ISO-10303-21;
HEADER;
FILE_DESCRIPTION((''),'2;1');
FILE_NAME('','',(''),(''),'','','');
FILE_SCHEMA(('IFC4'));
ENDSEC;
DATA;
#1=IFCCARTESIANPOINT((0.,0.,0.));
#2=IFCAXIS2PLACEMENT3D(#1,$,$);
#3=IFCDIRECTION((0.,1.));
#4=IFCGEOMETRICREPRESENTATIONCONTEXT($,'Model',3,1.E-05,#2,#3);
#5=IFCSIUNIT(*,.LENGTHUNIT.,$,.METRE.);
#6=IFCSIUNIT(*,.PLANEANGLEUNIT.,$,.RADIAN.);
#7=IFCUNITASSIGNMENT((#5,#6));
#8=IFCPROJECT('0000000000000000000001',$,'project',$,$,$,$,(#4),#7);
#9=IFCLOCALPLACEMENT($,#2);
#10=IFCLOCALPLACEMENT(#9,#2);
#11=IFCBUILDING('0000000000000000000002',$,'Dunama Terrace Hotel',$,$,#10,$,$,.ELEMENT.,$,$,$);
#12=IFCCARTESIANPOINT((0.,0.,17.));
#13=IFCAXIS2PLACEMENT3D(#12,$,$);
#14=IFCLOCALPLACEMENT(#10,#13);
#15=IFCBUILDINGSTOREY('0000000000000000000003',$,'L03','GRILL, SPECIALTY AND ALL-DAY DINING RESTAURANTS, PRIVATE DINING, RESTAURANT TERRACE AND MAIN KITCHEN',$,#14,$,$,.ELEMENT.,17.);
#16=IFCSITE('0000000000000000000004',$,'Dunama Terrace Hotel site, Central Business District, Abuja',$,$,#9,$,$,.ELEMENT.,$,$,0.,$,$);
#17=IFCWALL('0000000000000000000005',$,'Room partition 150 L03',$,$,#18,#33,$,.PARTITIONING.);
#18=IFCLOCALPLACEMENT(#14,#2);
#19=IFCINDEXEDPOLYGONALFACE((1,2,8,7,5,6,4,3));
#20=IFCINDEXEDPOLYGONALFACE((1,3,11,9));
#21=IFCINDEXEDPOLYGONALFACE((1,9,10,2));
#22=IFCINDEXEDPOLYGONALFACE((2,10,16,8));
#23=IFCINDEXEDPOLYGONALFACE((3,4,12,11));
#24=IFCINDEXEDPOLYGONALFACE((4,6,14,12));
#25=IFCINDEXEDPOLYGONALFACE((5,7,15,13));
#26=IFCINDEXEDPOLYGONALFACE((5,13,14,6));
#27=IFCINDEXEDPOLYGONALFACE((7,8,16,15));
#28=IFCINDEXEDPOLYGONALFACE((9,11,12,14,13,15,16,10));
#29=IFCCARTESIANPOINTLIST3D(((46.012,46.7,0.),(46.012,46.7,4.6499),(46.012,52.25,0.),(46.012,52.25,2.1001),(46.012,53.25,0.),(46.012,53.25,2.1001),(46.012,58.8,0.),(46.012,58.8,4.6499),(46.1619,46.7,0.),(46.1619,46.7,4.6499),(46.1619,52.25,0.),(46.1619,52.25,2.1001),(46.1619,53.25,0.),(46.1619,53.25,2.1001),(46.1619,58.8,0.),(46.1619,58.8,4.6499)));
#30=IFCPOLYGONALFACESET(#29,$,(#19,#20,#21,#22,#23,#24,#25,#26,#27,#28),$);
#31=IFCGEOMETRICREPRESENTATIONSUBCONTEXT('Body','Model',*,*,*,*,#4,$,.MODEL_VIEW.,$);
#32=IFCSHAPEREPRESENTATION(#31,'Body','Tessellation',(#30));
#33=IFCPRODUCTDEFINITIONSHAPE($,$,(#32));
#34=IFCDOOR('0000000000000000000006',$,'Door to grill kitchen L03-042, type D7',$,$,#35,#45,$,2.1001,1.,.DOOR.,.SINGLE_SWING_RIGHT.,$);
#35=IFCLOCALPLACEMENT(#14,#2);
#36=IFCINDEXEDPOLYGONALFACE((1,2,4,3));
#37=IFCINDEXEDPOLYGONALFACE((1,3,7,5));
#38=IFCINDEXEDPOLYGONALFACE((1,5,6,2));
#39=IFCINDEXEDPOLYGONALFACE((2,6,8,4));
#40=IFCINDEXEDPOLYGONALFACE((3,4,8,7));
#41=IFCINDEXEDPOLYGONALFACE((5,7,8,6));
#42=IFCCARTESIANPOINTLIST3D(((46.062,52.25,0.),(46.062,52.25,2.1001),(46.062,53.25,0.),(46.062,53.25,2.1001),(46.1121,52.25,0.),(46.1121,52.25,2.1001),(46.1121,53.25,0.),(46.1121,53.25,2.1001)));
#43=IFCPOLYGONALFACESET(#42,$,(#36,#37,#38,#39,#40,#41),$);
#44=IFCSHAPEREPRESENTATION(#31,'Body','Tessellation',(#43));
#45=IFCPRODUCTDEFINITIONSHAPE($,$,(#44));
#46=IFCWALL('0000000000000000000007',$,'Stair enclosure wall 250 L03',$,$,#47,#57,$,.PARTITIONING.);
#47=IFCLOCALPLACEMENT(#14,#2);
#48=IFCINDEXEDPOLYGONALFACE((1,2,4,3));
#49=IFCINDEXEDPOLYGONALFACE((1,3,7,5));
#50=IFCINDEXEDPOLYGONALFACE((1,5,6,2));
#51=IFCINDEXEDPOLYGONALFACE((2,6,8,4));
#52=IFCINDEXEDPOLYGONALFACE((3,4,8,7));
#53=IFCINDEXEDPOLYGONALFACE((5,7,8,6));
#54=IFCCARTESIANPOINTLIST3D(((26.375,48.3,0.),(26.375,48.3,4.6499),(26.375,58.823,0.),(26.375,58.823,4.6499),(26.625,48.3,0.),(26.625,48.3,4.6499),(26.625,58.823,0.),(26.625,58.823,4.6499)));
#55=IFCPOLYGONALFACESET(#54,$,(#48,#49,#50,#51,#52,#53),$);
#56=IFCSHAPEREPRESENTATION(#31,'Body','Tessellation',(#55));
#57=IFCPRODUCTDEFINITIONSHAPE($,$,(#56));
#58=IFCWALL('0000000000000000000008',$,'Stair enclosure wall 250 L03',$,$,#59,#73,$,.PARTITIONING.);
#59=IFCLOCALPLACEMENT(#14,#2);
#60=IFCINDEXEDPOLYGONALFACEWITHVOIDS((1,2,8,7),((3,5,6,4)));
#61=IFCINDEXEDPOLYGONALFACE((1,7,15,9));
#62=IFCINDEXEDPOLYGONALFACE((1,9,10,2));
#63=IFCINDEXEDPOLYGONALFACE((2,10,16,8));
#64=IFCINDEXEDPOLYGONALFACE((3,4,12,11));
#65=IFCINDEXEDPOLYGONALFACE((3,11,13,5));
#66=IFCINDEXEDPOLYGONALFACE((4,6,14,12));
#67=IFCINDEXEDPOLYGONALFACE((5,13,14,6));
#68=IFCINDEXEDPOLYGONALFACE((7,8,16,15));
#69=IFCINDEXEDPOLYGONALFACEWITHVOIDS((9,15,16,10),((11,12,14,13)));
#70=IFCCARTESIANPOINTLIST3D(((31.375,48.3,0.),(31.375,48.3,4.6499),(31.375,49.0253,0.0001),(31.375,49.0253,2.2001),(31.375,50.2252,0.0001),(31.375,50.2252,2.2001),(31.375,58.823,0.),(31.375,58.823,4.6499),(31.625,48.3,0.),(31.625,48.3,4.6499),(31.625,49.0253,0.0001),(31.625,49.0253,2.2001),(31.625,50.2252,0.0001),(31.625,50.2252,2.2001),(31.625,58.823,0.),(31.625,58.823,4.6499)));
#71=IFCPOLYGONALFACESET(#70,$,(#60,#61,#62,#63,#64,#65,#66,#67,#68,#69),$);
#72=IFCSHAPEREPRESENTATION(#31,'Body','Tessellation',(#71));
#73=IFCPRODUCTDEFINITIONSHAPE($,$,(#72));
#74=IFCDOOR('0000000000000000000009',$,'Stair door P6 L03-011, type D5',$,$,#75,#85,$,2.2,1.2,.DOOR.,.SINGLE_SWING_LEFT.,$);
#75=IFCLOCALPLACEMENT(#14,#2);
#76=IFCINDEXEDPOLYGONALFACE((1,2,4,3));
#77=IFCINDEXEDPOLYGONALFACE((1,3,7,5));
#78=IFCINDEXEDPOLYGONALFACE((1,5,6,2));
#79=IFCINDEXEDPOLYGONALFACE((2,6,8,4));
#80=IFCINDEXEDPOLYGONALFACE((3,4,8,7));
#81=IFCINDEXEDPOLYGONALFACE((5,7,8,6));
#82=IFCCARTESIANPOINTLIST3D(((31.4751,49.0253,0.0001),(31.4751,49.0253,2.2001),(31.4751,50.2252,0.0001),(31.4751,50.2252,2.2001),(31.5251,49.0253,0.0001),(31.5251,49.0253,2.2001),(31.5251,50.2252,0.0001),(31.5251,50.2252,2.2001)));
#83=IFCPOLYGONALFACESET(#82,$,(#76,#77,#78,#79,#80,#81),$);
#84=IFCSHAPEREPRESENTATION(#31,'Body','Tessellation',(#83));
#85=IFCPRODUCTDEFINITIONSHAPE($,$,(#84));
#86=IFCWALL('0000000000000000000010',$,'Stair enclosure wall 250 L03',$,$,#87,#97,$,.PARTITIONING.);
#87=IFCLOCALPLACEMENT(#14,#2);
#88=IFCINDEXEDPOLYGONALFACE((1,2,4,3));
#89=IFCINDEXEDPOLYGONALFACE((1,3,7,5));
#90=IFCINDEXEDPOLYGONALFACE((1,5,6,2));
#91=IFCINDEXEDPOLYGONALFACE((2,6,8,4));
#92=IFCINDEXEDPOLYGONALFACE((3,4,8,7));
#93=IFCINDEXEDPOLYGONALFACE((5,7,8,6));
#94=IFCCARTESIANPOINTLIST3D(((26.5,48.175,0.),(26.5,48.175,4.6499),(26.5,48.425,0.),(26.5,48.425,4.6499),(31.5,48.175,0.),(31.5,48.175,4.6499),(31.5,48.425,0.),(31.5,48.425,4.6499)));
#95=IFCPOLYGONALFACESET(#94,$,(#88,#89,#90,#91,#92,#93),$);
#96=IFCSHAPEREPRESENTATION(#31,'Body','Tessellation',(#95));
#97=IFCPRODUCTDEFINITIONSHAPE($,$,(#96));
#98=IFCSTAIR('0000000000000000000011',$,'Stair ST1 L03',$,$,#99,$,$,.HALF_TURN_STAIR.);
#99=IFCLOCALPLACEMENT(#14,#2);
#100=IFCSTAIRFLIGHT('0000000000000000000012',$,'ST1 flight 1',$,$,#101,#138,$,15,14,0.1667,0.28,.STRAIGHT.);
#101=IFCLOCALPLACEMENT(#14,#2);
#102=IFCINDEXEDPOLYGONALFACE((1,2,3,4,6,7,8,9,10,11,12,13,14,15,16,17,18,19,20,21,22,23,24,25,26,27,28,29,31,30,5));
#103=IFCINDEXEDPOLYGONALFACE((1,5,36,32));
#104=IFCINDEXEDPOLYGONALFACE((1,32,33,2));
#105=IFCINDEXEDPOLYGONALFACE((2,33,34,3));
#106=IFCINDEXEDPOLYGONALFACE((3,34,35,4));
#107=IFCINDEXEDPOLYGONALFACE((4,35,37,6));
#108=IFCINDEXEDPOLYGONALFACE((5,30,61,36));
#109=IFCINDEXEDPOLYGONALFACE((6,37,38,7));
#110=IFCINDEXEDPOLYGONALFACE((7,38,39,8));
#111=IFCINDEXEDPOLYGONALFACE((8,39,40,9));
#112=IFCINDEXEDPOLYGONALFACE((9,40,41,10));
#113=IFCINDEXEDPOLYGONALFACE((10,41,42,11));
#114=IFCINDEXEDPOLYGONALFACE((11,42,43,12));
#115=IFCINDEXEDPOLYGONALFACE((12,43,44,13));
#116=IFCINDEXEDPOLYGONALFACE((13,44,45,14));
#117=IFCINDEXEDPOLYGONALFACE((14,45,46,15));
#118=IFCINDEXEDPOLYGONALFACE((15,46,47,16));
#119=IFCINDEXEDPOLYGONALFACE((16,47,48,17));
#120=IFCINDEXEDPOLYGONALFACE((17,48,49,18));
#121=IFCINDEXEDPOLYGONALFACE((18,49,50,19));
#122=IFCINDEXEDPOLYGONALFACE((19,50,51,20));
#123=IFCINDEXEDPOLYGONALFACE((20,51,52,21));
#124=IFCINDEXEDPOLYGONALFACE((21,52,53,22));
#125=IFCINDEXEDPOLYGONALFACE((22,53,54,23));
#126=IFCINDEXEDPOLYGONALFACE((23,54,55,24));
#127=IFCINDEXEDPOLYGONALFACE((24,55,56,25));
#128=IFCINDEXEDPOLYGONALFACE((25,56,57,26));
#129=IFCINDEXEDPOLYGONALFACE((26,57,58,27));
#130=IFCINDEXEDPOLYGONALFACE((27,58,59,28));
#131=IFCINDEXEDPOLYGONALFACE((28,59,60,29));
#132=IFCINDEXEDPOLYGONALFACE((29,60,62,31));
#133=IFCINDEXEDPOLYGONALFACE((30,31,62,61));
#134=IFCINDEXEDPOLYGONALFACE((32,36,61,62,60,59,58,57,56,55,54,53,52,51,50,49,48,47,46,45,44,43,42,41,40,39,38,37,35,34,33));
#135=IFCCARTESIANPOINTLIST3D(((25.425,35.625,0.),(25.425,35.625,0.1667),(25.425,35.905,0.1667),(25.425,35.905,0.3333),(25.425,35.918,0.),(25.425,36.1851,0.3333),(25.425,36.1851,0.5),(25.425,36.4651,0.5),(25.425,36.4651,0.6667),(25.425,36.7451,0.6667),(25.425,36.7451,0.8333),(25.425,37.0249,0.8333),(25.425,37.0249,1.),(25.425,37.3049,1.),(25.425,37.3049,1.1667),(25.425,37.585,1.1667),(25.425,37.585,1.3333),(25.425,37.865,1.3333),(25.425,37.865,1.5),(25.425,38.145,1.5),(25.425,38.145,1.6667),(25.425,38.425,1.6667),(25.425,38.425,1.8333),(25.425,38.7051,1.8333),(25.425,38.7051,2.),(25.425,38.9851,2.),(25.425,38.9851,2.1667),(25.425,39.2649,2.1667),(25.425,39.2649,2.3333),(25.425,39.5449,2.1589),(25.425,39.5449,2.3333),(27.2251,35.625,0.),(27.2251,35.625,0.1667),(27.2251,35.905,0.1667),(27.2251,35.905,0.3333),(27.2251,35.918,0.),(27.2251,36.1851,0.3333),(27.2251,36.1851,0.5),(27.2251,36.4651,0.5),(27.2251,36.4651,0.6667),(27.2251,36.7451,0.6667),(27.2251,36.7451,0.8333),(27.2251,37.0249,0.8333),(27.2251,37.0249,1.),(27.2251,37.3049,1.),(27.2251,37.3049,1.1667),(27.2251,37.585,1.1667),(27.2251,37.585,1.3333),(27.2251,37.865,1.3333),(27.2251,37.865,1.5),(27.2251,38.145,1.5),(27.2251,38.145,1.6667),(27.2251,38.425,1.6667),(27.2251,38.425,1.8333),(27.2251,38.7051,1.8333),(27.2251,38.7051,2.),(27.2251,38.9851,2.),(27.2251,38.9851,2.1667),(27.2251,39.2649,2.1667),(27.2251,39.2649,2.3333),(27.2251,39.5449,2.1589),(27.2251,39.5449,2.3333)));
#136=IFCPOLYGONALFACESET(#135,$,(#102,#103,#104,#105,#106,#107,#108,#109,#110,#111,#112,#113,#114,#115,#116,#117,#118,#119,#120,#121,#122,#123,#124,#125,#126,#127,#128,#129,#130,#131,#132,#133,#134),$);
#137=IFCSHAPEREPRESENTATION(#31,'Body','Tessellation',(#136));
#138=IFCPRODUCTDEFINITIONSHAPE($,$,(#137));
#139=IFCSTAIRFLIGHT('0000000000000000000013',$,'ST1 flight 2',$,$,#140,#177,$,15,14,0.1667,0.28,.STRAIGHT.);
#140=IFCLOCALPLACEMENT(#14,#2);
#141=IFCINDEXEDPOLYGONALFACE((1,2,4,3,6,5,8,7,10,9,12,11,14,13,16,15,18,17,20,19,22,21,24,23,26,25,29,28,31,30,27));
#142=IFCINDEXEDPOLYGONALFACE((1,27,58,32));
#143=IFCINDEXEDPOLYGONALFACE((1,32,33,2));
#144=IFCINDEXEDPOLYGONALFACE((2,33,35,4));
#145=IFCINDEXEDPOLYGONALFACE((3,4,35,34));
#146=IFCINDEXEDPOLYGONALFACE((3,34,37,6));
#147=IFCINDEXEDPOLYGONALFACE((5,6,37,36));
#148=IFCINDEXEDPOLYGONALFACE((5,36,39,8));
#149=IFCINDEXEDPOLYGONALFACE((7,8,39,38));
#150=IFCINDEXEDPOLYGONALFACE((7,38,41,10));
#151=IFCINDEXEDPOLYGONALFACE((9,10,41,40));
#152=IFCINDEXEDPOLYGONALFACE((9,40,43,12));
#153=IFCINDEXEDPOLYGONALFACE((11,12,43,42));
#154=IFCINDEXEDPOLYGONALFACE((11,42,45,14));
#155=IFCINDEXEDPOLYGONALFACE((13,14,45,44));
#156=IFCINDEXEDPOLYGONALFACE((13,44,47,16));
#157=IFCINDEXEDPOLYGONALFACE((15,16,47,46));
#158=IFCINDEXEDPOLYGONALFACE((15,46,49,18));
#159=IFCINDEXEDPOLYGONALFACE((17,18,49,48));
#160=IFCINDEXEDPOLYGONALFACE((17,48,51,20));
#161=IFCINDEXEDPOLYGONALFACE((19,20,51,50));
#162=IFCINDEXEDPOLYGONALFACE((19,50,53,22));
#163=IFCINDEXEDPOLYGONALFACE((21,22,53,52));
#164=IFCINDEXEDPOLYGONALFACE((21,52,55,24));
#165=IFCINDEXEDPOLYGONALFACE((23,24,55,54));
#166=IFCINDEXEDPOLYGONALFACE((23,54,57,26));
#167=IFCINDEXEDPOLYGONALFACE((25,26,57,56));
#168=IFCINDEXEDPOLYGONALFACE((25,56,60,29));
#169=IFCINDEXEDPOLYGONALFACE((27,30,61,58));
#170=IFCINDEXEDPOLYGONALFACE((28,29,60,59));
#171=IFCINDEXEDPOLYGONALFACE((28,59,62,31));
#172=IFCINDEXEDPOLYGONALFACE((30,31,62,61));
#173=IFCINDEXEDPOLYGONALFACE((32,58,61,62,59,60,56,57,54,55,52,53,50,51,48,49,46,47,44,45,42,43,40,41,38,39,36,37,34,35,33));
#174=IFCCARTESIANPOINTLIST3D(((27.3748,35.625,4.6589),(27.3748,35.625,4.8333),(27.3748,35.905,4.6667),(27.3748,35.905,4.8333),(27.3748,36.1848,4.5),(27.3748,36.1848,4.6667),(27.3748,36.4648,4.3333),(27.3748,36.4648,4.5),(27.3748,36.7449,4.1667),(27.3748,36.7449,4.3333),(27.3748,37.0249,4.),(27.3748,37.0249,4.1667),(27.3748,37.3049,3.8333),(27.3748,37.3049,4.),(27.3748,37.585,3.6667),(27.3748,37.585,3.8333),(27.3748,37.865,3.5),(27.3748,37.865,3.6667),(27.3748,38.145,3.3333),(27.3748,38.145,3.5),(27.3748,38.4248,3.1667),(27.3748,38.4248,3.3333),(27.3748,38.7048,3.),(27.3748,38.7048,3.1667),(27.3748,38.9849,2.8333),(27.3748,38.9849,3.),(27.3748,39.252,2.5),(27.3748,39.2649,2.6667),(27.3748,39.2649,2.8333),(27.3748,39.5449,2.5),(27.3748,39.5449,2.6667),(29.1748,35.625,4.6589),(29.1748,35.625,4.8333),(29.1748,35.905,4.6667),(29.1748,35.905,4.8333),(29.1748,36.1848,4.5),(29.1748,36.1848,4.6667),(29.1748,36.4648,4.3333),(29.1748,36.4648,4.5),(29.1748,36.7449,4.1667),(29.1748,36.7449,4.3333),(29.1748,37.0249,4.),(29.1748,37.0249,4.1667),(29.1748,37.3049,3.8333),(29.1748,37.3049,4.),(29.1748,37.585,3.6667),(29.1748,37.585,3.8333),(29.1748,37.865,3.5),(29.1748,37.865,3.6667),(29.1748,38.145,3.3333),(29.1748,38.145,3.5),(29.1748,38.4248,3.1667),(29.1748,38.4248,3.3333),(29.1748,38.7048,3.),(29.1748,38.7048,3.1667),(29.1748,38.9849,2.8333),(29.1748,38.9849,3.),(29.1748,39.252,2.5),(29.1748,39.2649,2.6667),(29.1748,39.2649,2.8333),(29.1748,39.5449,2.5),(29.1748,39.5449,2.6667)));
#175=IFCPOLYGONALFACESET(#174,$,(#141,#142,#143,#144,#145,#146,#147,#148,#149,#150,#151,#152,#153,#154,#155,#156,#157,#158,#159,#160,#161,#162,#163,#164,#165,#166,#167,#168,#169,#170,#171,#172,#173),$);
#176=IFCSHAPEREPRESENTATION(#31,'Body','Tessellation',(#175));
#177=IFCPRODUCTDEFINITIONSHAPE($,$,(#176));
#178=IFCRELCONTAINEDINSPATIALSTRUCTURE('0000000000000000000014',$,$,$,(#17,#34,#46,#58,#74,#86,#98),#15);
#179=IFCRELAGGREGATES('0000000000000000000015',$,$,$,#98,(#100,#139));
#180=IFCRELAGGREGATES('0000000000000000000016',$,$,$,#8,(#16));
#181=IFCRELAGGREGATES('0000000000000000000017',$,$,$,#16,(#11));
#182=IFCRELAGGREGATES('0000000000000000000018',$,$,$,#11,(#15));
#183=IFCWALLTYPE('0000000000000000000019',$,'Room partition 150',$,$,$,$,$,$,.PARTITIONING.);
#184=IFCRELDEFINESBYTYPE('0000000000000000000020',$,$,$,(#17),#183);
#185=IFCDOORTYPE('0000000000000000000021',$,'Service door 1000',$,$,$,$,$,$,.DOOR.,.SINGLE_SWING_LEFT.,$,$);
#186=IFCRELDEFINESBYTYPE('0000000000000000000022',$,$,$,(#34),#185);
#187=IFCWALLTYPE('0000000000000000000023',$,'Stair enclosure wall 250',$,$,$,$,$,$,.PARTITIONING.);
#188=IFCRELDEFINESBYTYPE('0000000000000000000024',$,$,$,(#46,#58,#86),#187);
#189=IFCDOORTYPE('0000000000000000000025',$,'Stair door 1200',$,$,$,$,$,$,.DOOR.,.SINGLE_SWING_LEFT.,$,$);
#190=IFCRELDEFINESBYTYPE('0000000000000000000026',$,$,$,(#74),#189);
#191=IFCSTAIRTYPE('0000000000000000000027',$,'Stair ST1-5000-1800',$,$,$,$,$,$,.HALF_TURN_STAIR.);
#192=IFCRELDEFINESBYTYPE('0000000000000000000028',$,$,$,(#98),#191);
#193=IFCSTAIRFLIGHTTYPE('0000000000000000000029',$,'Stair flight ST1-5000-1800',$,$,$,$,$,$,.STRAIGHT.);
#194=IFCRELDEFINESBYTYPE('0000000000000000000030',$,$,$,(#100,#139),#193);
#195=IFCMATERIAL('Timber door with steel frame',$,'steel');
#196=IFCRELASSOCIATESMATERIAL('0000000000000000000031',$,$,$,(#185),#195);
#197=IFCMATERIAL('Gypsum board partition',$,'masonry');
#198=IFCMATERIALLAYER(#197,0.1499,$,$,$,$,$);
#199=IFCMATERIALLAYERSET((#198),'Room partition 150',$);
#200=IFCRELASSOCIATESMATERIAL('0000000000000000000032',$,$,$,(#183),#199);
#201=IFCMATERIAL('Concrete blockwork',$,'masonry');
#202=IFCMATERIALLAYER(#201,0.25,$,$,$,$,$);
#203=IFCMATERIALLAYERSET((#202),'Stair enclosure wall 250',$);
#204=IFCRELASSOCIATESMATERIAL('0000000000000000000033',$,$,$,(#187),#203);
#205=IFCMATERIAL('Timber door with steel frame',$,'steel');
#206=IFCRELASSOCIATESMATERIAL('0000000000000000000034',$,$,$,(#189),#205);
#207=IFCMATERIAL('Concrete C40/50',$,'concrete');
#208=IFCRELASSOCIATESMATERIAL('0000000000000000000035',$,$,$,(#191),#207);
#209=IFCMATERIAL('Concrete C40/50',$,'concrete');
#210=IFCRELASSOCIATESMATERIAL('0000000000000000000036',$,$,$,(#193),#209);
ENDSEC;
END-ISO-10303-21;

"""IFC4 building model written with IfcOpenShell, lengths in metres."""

from ifc_helpers import new_model, si_unit, direction, frame, frame_2d, origin, place, context, subcontext, project, spatial, polyline, rectangle, outline, extrude, material, layer, layer_set, type_object, element, fill, aggregate, save


model = new_model("IFC4")

# Units and contexts
model_context = context("Model", 3, precision=1e-05, world=origin(), true_north=direction((0.0, 1.0)))
body_context = subcontext(model_context, "Body", "Model", "MODEL_VIEW")
ifc_project = project(units=[si_unit("LENGTHUNIT", "METRE"), si_unit("PLANEANGLEUNIT", "RADIAN")], contexts=[model_context])

# Site, building, storey
site_placement = place(None, origin())
site = spatial("IfcSite", under=ifc_project, at=site_placement, Name="Dunama Terrace Hotel site, Central Business District, Abuja", CompositionType="ELEMENT", RefElevation=0.0)
building_placement = place(site_placement, origin())
building = spatial("IfcBuilding", under=site, at=building_placement, Name="Dunama Terrace Hotel", CompositionType="ELEMENT")
storey_placement = place(building_placement, frame((0.0, 0.0, 17.0)))
storey = spatial("IfcBuildingStorey", under=building, at=storey_placement, Name="L03", Description="GRILL, SPECIALTY AND ALL-DAY DINING RESTAURANTS, PRIVATE DINING, RESTAURANT TERRACE AND MAIN KITCHEN", CompositionType="ELEMENT", Elevation=17.0)

# Shared definitions
ifc_material_1 = material(Name="Timber door with steel frame", Category="steel")
door_type_1 = type_object("IfcDoorType", Name="Service door 1000", OperationType="SINGLE_SWING_LEFT", PredefinedType="DOOR", material=ifc_material_1)

# Wall, opening, door
ifc_material_2 = material(Name="Gypsum board partition", Category="masonry")
ifc_layer_1 = layer(ifc_material_2, 0.1499)
ifc_layer_set_1 = layer_set([ifc_layer_1], Name="Room partition 150")
wall_type_1 = type_object("IfcWallType", Name="Room partition 150", PredefinedType="PARTITIONING", material=ifc_layer_set_1)
wall_1_placement = place(storey_placement, frame((46.0869, 46.7, 0.0), z_axis=(0.0, 0.0, 1.0), x_axis=(0.0, 1.0, 0.0)))
wall_1 = element("IfcWall", 1, at=wall_1_placement, inside=storey, type_object=wall_type_1, Name="Room partition 150 L03", PredefinedType="PARTITIONING", context=body_context, shape_type="SweptSolid", body=[
    extrude(rectangle(XDim=12.1001, YDim=0.1499, at=frame_2d((6.05, 0.0))), origin(), (0.0, 0.0, 1.0), 4.6499),
])
opening_1_placement = place(wall_1_placement, frame((5.55, 0.0, 0.0)))
opening_1 = element("IfcOpeningElement", 2, at=opening_1_placement, cuts=wall_1, PredefinedType="OPENING", context=body_context, shape_type="SweptSolid", body=[
    extrude(rectangle(XDim=1.0, YDim=2.1001, at=frame_2d((0.5, 1.05))), frame((0.0, 0.085, 0.0), z_axis=(0.0, -1.0, 0.0), x_axis=(1.0, 0.0, 0.0)), (0.0, 0.0, 1.0), 0.1699),
])
door_1_placement = place(opening_1_placement, origin())
door_1 = element("IfcDoor", 3, at=door_1_placement, inside=storey, type_object=door_type_1, Name="Door to grill kitchen L03-042, type D7", OperationType="SINGLE_SWING_RIGHT", OverallHeight=2.1001, OverallWidth=1.0, PredefinedType="DOOR", context=body_context, shape_type="SweptSolid", body=[
    extrude(rectangle(XDim=1.0, YDim=2.1001, at=frame_2d((0.5, 1.05))), frame((0.0, 0.0249, 0.0), z_axis=(0.0, -1.0, 0.0), x_axis=(1.0, 0.0, 0.0)), (0.0, 0.0, 1.0), 0.05),
])
fill(opening_1, door_1)

# Wall
ifc_material_3 = material(Name="Concrete blockwork", Category="masonry")
ifc_layer_2 = layer(ifc_material_3, 0.25)
ifc_layer_set_2 = layer_set([ifc_layer_2], Name="Stair enclosure wall 250")
wall_type_2 = type_object("IfcWallType", Name="Stair enclosure wall 250", PredefinedType="PARTITIONING", material=ifc_layer_set_2)
wall_2_placement = place(storey_placement, frame((26.5, 48.3, 0.0), z_axis=(0.0, 0.0, 1.0), x_axis=(0.0, 1.0, 0.0)))
element("IfcWall", 4, at=wall_2_placement, inside=storey, type_object=wall_type_2, Name="Stair enclosure wall 250 L03", PredefinedType="PARTITIONING", context=body_context, shape_type="SweptSolid", body=[
    extrude(rectangle(XDim=10.5229, YDim=0.25, at=frame_2d((5.2615, 0.0))), origin(), (0.0, 0.0, 1.0), 4.6499),
])

# Wall, opening, door
wall_3_placement = place(storey_placement, frame((31.5, 48.3, 0.0), z_axis=(0.0, 0.0, 1.0), x_axis=(0.0, 1.0, 0.0)))
wall_3 = element("IfcWall", 5, at=wall_3_placement, inside=storey, type_object=wall_type_2, Name="Stair enclosure wall 250 L03", PredefinedType="PARTITIONING", context=body_context, shape_type="SweptSolid", body=[
    extrude(rectangle(XDim=10.5229, YDim=0.25, at=frame_2d((5.2615, 0.0))), origin(), (0.0, 0.0, 1.0), 4.6499),
])
opening_2_placement = place(wall_3_placement, frame((0.7251, 0.0, 0.0)))
opening_2 = element("IfcOpeningElement", 6, at=opening_2_placement, cuts=wall_3, PredefinedType="OPENING", context=body_context, shape_type="SweptSolid", body=[
    extrude(rectangle(XDim=1.2, YDim=2.2, at=frame_2d((0.6001, 1.1001))), frame((0.0, 0.135, 0.0), z_axis=(0.0, -1.0, 0.0), x_axis=(1.0, 0.0, 0.0)), (0.0, 0.0, 1.0), 0.27),
])
ifc_material_4 = material(Name="Timber door with steel frame", Category="steel")
door_type_2 = type_object("IfcDoorType", Name="Stair door 1200", OperationType="SINGLE_SWING_LEFT", PredefinedType="DOOR", material=ifc_material_4)
door_2_placement = place(opening_2_placement, origin())
door_2 = element("IfcDoor", 7, at=door_2_placement, inside=storey, type_object=door_type_2, Name="Stair door P6 L03-011, type D5", OperationType="SINGLE_SWING_LEFT", OverallHeight=2.2, OverallWidth=1.2, PredefinedType="DOOR", context=body_context, shape_type="SweptSolid", body=[
    extrude(rectangle(XDim=1.2, YDim=2.2, at=frame_2d((0.6001, 1.1001))), frame((0.0, 0.0249, 0.0), z_axis=(0.0, -1.0, 0.0), x_axis=(1.0, 0.0, 0.0)), (0.0, 0.0, 1.0), 0.05),
])
fill(opening_2, door_2)

# Wall
wall_4_placement = place(storey_placement, frame((26.5, 48.3, 0.0), z_axis=(0.0, 0.0, 1.0), x_axis=(1.0, 0.0, 0.0)))
element("IfcWall", 8, at=wall_4_placement, inside=storey, type_object=wall_type_2, Name="Stair enclosure wall 250 L03", PredefinedType="PARTITIONING", context=body_context, shape_type="SweptSolid", body=[
    extrude(rectangle(XDim=5.0, YDim=0.25, at=frame_2d((2.5, 0.0))), origin(), (0.0, 0.0, 1.0), 4.6499),
])

# Stair, stair flights
ifc_material_5 = material(Name="Concrete C40/50", Category="concrete")
stair_type = type_object("IfcStairType", Name="Stair ST1-5000-1800", PredefinedType="HALF_TURN_STAIR", material=ifc_material_5)
stair_placement = place(storey_placement, origin())
stair = element("IfcStair", 9, at=stair_placement, inside=storey, type_object=stair_type, Name="Stair ST1 L03", PredefinedType="HALF_TURN_STAIR")
ifc_material_6 = material(Name="Concrete C40/50", Category="concrete")
stair_flight_type = type_object("IfcStairFlightType", Name="Stair flight ST1-5000-1800", PredefinedType="STRAIGHT", material=ifc_material_6)
stair_flight_1_placement = place(storey_placement, frame((26.325, 35.625, 0.0), z_axis=(0.0, 0.0, 1.0), x_axis=(0.0, 1.0, 0.0)))
stair_flight_1 = element("IfcStairFlight", 10, at=stair_flight_1_placement, type_object=stair_flight_type, Name="ST1 flight 1", NumberOfRisers=15, NumberOfTreads=14, PredefinedType="STRAIGHT", RiserHeight=0.1667, TreadLength=0.28, context=body_context, shape_type="SweptSolid", body=[
    extrude(outline(polyline([(0.0, 0.0), (0.0, 0.1667), (0.28, 0.1667), (0.28, 0.3333), (0.5601, 0.3333), (0.5601, 0.5), (0.8401, 0.5), (0.8401, 0.6667), (1.1201, 0.6667), (1.1201, 0.8333), (1.3999, 0.8333), (1.3999, 1.0), (1.6799, 1.0), (1.6799, 1.1667), (1.96, 1.1667), (1.96, 1.3333), (2.24, 1.3333), (2.24, 1.5), (2.52, 1.5), (2.52, 1.6667), (2.8, 1.6667), (2.8, 1.8333), (3.0801, 1.8333), (3.0801, 2.0), (3.3601, 2.0), (3.3601, 2.1667), (3.6399, 2.1667), (3.6399, 2.3333), (3.9199, 2.3333), (3.9199, 2.5), (3.9199, 2.1589), (0.293, 0.0), (0.0, 0.0)])), frame((0.0, 0.8999, 0.0), z_axis=(0.0, -1.0, 0.0), x_axis=(1.0, 0.0, 0.0)), (0.0, 0.0, 1.0), 1.8),
])
stair_flight_2_placement = place(storey_placement, frame((28.2749, 39.5449, 2.5), z_axis=(0.0, 0.0, 1.0), x_axis=(0.0, -1.0, 0.0)))
stair_flight_2 = element("IfcStairFlight", 11, at=stair_flight_2_placement, type_object=stair_flight_type, Name="ST1 flight 2", NumberOfRisers=15, NumberOfTreads=14, PredefinedType="STRAIGHT", RiserHeight=0.1667, TreadLength=0.28, context=body_context, shape_type="SweptSolid", body=[
    extrude(outline(polyline([(0.0, 0.0), (0.0, 0.1667), (0.28, 0.1667), (0.28, 0.3333), (0.5601, 0.3333), (0.5601, 0.5), (0.8401, 0.5), (0.8401, 0.6667), (1.1201, 0.6667), (1.1201, 0.8333), (1.3999, 0.8333), (1.3999, 1.0), (1.6799, 1.0), (1.6799, 1.1667), (1.96, 1.1667), (1.96, 1.3333), (2.24, 1.3333), (2.24, 1.5), (2.52, 1.5), (2.52, 1.6667), (2.8, 1.6667), (2.8, 1.8333), (3.0801, 1.8333), (3.0801, 2.0), (3.3601, 2.0), (3.3601, 2.1667), (3.6399, 2.1667), (3.6399, 2.3333), (3.9199, 2.3333), (3.9199, 2.5), (3.9199, 2.1589), (0.293, 0.0), (0.0, 0.0)])), frame((0.0, 0.8999, 0.0), z_axis=(0.0, -1.0, 0.0), x_axis=(1.0, 0.0, 0.0)), (0.0, 0.0, 1.0), 1.8),
])
aggregate(stair, [stair_flight_1, stair_flight_2])

save(model, "model.ifc")
